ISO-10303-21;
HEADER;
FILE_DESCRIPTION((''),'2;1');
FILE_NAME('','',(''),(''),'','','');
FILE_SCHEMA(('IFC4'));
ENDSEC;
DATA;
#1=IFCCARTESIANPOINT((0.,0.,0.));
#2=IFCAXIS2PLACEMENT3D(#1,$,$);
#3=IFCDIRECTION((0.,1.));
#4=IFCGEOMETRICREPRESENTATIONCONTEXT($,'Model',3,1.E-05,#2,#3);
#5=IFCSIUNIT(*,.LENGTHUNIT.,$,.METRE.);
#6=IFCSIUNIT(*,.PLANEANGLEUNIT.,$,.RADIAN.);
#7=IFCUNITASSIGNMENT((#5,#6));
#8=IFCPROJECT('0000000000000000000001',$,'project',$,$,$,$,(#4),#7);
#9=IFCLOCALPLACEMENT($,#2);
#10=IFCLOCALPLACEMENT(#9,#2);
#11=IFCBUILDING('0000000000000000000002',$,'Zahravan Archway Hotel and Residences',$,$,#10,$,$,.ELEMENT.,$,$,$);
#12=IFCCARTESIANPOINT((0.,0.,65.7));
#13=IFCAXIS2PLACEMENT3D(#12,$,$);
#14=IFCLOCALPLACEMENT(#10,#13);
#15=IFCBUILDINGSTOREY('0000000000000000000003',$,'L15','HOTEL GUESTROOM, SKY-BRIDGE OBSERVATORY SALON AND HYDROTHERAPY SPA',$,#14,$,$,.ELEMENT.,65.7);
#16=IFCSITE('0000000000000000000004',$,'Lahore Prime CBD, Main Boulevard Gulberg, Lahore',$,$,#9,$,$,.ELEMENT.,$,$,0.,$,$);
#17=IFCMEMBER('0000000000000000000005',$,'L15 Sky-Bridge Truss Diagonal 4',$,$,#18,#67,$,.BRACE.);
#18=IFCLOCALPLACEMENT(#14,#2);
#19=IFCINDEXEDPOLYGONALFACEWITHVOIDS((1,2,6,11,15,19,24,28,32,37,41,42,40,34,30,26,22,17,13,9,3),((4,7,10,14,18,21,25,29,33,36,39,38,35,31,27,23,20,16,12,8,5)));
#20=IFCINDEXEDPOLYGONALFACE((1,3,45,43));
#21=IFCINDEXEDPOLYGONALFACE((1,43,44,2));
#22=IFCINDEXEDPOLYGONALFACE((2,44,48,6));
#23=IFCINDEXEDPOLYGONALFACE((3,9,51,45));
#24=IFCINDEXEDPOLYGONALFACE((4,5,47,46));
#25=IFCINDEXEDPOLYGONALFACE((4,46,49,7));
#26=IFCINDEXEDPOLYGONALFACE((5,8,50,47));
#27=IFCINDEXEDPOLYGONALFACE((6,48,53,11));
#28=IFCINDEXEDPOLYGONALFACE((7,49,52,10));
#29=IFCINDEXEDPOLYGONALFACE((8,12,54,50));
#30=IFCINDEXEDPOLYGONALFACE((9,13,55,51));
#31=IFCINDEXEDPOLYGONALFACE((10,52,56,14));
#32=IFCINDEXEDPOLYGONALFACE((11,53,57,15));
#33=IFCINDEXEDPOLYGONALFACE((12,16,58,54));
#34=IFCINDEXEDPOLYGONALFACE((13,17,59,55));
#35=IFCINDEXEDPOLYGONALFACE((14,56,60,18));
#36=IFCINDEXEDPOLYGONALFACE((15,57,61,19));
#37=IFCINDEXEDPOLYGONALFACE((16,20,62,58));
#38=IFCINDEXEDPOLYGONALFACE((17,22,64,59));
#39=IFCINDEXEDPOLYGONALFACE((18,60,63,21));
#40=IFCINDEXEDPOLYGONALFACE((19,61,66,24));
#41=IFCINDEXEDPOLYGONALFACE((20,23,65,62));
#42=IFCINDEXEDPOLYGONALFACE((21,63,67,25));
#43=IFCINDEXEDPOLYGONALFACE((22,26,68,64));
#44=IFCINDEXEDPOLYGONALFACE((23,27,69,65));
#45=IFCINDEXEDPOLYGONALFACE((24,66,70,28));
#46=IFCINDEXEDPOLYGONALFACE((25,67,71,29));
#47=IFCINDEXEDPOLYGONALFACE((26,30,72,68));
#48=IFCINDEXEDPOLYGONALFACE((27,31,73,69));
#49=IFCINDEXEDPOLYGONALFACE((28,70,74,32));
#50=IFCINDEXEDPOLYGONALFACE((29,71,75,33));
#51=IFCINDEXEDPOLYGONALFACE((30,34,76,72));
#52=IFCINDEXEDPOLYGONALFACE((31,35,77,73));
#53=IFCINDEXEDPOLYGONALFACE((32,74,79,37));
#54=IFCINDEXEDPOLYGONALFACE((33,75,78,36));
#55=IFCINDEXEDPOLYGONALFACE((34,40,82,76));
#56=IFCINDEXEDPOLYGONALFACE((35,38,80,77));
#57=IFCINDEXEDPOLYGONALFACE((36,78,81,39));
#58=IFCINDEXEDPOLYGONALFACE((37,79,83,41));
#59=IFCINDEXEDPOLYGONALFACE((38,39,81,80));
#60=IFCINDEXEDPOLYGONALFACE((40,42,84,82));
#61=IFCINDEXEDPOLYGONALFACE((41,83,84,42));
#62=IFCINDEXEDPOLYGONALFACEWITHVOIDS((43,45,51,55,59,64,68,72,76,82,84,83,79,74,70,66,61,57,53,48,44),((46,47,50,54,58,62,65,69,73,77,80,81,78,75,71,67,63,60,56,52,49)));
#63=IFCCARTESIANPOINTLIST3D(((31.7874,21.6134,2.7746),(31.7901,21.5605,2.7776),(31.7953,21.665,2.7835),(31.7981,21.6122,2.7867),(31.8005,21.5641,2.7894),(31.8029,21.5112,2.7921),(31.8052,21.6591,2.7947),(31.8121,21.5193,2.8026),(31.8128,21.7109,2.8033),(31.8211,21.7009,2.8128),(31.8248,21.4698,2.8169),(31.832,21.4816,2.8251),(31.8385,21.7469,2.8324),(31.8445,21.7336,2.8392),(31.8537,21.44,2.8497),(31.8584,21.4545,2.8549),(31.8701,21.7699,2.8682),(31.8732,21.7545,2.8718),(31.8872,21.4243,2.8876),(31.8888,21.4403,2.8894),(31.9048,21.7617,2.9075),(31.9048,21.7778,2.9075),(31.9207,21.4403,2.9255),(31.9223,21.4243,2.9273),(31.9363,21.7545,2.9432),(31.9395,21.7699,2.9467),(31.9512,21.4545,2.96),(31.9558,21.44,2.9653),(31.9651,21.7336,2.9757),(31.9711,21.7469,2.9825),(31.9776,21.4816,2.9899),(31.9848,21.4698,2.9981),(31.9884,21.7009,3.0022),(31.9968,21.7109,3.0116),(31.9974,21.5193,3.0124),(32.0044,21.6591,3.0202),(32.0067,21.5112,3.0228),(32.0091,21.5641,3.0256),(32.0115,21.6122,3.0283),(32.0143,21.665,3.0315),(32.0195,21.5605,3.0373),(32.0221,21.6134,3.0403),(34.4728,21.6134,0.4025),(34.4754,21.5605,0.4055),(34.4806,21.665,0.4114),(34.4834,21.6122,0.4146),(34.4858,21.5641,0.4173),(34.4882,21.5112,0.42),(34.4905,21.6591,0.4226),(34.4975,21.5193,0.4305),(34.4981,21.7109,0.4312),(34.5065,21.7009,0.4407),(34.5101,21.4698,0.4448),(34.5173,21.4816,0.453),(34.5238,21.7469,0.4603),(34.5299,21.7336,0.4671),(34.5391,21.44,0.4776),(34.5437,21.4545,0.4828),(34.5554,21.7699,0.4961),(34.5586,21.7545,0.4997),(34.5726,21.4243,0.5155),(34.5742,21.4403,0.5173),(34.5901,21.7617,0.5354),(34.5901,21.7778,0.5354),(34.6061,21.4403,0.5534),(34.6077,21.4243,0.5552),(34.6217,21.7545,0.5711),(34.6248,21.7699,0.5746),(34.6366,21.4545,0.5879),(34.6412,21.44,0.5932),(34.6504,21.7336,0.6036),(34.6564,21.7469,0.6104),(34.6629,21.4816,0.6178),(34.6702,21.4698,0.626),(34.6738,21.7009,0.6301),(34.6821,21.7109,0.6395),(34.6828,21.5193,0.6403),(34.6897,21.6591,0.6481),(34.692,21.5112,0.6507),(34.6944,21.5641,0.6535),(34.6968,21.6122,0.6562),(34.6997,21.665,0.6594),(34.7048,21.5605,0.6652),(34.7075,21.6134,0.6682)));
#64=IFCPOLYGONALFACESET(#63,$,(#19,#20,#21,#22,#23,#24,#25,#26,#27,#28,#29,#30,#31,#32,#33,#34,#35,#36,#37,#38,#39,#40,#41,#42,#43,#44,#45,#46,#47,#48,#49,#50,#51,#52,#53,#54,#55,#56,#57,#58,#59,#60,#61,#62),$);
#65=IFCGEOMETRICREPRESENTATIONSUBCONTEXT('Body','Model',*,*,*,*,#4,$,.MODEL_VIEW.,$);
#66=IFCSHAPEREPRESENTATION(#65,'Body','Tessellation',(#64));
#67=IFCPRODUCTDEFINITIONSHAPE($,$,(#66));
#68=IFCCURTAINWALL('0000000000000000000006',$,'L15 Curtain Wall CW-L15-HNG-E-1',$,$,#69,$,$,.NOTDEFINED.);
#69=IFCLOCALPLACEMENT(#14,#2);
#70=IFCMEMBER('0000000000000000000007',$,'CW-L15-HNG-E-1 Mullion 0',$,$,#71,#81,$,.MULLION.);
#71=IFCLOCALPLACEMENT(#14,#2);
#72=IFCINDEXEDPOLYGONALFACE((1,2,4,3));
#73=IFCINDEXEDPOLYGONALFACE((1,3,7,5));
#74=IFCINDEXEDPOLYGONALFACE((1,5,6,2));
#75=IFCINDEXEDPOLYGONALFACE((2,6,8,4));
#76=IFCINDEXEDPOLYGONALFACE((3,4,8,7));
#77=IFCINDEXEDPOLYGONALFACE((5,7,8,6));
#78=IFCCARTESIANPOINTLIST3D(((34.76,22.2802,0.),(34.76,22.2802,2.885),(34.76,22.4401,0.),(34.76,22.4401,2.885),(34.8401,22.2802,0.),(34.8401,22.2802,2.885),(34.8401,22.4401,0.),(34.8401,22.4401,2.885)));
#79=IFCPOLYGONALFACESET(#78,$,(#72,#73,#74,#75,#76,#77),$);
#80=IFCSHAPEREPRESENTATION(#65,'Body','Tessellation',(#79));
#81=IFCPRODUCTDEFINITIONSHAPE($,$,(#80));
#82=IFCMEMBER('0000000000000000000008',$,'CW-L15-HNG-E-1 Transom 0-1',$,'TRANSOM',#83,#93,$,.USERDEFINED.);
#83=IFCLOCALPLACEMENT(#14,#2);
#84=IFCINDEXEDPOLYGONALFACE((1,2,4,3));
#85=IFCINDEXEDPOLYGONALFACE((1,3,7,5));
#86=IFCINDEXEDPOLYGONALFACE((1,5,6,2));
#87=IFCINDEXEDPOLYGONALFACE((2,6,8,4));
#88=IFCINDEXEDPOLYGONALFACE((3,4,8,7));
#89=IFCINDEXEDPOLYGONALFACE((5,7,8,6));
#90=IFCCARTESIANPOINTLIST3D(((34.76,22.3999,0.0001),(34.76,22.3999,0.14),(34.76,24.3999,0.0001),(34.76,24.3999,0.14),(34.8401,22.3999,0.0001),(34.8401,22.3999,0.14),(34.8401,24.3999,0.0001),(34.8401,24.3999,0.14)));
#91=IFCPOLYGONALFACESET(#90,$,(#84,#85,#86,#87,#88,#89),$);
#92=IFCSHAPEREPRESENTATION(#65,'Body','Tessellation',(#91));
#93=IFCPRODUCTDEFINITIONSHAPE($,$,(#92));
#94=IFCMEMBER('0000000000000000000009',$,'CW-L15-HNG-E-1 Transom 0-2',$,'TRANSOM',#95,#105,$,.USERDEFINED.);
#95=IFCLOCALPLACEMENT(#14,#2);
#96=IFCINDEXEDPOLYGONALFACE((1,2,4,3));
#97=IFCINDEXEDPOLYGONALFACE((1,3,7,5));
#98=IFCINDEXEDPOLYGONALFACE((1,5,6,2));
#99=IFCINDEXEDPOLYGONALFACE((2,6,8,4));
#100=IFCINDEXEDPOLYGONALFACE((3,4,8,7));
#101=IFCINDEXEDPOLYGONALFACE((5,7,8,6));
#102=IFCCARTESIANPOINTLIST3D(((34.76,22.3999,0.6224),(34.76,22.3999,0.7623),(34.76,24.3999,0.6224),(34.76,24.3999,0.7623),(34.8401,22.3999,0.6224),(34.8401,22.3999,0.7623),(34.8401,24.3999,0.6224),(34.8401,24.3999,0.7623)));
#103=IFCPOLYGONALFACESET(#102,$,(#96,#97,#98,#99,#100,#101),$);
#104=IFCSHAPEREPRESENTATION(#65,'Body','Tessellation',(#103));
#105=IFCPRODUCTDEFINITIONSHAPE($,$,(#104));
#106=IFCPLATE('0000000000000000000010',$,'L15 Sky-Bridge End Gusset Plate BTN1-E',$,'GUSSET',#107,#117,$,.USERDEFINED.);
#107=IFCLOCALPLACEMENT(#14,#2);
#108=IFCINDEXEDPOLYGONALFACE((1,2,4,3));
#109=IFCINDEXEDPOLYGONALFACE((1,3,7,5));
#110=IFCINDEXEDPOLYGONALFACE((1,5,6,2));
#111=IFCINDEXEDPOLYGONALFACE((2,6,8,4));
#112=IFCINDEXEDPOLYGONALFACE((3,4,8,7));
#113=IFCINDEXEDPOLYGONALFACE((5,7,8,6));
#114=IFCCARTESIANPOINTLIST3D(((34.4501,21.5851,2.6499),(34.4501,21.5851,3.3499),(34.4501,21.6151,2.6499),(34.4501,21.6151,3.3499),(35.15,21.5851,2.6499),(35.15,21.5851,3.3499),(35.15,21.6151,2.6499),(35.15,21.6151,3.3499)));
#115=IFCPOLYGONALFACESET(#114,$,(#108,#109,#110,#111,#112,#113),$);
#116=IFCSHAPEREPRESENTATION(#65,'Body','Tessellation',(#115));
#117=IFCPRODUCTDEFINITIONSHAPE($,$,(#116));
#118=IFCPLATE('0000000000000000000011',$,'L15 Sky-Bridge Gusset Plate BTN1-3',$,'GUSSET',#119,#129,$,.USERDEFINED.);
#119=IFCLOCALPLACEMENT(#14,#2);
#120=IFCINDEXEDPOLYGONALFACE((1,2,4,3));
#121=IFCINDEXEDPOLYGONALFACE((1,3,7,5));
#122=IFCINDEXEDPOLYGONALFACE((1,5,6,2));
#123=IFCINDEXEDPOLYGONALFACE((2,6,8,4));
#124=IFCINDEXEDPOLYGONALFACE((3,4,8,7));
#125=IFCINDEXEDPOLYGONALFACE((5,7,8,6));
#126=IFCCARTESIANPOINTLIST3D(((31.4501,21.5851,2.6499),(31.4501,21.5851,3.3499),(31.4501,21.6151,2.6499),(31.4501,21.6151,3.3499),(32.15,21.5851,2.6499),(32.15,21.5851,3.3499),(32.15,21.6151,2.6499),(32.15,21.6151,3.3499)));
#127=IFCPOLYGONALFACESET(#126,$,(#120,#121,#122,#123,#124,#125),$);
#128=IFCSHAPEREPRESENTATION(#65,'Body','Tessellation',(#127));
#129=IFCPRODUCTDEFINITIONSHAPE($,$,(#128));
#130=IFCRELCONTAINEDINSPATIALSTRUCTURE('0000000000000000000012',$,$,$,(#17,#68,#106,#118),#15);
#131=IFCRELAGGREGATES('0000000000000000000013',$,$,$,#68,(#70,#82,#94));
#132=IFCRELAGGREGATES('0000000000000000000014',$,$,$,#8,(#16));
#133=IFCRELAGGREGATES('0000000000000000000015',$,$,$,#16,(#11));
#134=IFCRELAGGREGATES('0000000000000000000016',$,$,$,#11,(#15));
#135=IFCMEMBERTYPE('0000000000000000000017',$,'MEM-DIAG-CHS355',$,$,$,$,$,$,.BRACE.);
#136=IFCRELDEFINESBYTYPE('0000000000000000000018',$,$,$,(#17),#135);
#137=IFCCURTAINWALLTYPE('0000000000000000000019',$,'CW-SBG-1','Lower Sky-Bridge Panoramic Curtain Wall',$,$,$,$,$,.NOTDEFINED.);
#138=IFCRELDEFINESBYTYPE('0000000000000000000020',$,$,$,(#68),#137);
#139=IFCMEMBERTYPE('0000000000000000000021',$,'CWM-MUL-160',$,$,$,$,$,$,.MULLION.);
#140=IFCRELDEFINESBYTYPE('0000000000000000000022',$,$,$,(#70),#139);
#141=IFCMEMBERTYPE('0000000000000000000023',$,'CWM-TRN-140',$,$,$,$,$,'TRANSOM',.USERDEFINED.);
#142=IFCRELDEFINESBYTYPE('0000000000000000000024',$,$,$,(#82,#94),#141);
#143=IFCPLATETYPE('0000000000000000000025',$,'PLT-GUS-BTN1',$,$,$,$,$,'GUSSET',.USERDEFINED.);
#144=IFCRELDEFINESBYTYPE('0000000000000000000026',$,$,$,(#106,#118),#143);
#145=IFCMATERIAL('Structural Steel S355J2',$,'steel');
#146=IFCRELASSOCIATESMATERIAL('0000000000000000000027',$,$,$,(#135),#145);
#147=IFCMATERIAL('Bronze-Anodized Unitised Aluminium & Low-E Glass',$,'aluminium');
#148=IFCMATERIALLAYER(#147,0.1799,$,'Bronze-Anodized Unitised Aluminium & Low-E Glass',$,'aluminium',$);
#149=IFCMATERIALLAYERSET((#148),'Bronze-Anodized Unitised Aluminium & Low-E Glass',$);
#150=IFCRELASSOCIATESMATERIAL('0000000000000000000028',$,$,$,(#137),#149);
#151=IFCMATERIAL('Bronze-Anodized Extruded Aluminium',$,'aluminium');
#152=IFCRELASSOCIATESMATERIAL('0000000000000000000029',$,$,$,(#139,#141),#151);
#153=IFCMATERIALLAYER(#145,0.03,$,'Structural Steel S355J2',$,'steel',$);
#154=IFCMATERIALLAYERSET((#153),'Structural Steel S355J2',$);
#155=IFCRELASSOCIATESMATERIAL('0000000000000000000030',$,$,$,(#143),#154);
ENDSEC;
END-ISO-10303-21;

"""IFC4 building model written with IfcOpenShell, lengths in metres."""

from ifc_helpers import new_model, si_unit, direction, frame, origin, origin_2d, place, context, subcontext, project, spatial, rectangle, hollow_circle, extrude, source, transform, mapped, material, layer, layer_set, material_profile, profile_set, type_object, type_shapes, element, aggregate, save


model = new_model("IFC4")

# Units and contexts
model_context = context("Model", 3, precision=1e-05, world=origin(), true_north=direction((0.0, 1.0)))
body_context = subcontext(model_context, "Body", "Model", "MODEL_VIEW")
ifc_project = project(units=[si_unit("LENGTHUNIT", "METRE"), si_unit("PLANEANGLEUNIT", "RADIAN")], contexts=[model_context])

# Site, building, storey
site_placement = place(None, origin())
site = spatial("IfcSite", under=ifc_project, at=site_placement, Name="Lahore Prime CBD, Main Boulevard Gulberg, Lahore", CompositionType="ELEMENT", RefElevation=0.0)
building_placement = place(site_placement, origin())
building = spatial("IfcBuilding", under=site, at=building_placement, Name="Zahravan Archway Hotel and Residences", CompositionType="ELEMENT")
storey_placement = place(building_placement, frame((0.0, 0.0, 65.7)))
storey = spatial("IfcBuildingStorey", under=building, at=storey_placement, Name="L15", Description="HOTEL GUESTROOM, SKY-BRIDGE OBSERVATORY SALON AND HYDROTHERAPY SPA", CompositionType="ELEMENT", Elevation=65.7)

# Member
ifc_material_1 = material(Name="Structural Steel S355J2", Category="steel")
ifc_material_profile_1 = material_profile(ifc_material_1, hollow_circle(Radius=0.1777, WallThickness=0.0161, at=origin_2d()), Name="CHS 355.6x16", Category="steel")
ifc_profile_set_1 = profile_set([ifc_material_profile_1], Name="Structural Steel S355J2")
member_type_1 = type_object("IfcMemberType", Name="MEM-DIAG-CHS355", PredefinedType="BRACE", material=ifc_profile_set_1)
shared_shape_1 = source(origin(), body_context, "Body", "SweptSolid", [
    extrude(hollow_circle(Radius=0.1777, WallThickness=0.0161, at=origin_2d()), origin(), (0.0, 0.0, 1.0), 3.583),
])
member_1_placement = place(storey_placement, frame((31.9048, 21.6001, 2.9075), z_axis=(0.749466, 0.0, -0.662043), x_axis=(0.0, 1.0, 0.0)))
element("IfcMember", 1, at=member_1_placement, inside=storey, type_object=member_type_1, Name="L15 Sky-Bridge Truss Diagonal 4", PredefinedType="BRACE", context=body_context, shape_type="MappedRepresentation", body=[
    mapped(shared_shape_1, transform((0.0, 0.0, 0.0), scale=1.0)),
])

# Curtain wall, members
ifc_material_2 = material(Name="Bronze-Anodized Unitised Aluminium & Low-E Glass", Category="aluminium")
ifc_layer_1 = layer(ifc_material_2, 0.1799, Name="Bronze-Anodized Unitised Aluminium & Low-E Glass", Category="aluminium")
ifc_layer_set_1 = layer_set([ifc_layer_1], Name="Bronze-Anodized Unitised Aluminium & Low-E Glass")
curtain_wall_type = type_object("IfcCurtainWallType", Name="CW-SBG-1", Description="Lower Sky-Bridge Panoramic Curtain Wall", PredefinedType="NOTDEFINED", material=ifc_layer_set_1)
curtain_wall_placement = place(storey_placement, origin())
curtain_wall = element("IfcCurtainWall", 2, at=curtain_wall_placement, inside=storey, type_object=curtain_wall_type, Name="L15 Curtain Wall CW-L15-HNG-E-1", PredefinedType="NOTDEFINED")
ifc_material_3 = material(Name="Bronze-Anodized Extruded Aluminium", Category="aluminium")
ifc_material_profile_2 = material_profile(ifc_material_3, rectangle(XDim=0.0801, YDim=0.1599, at=origin_2d()), Name="MUL 80x160", Category="aluminium")
ifc_profile_set_2 = profile_set([ifc_material_profile_2], Name="Bronze-Anodized Extruded Aluminium")
member_type_2 = type_object("IfcMemberType", Name="CWM-MUL-160", PredefinedType="MULLION", material=ifc_profile_set_2)
shared_shape_2 = source(origin(), body_context, "Body", "SweptSolid", [
    extrude(rectangle(XDim=0.0801, YDim=0.1599, at=origin_2d()), origin(), (0.0, 0.0, 1.0), 2.885),
])
member_2_placement = place(storey_placement, frame((34.8, 22.3601, 0.0), z_axis=(0.0, 0.0, 1.0), x_axis=(1.0, 0.0, 0.0)))
member_2 = element("IfcMember", 3, at=member_2_placement, type_object=member_type_2, Name="CW-L15-HNG-E-1 Mullion 0", PredefinedType="MULLION", context=body_context, shape_type="MappedRepresentation", body=[
    mapped(shared_shape_2, transform((0.0, 0.0, 0.0), scale=1.0)),
])
ifc_material_profile_3 = material_profile(ifc_material_3, rectangle(XDim=0.0801, YDim=0.1399, at=origin_2d()), Name="TRN 80x140", Category="aluminium")
ifc_profile_set_3 = profile_set([ifc_material_profile_3], Name="Bronze-Anodized Extruded Aluminium")
member_type_3 = type_object("IfcMemberType", Name="CWM-TRN-140", ElementType="TRANSOM", PredefinedType="USERDEFINED", material=ifc_profile_set_3)
shared_shape_3 = source(origin(), body_context, "Body", "SweptSolid", [
    extrude(rectangle(XDim=0.0801, YDim=0.1399, at=origin_2d()), origin(), (0.0, 0.0, 1.0), 2.0),
])
member_3_placement = place(storey_placement, frame((34.8, 22.3999, 0.0701), z_axis=(0.0, 1.0, 0.0), x_axis=(-1.0, 0.0, 0.0)))
member_3 = element("IfcMember", 4, at=member_3_placement, type_object=member_type_3, Name="CW-L15-HNG-E-1 Transom 0-1", ObjectType="TRANSOM", PredefinedType="USERDEFINED", context=body_context, shape_type="MappedRepresentation", body=[
    mapped(shared_shape_3, transform((0.0, 0.0, 0.0), scale=1.0)),
])
member_4_placement = place(storey_placement, frame((34.8, 22.3999, 0.6924), z_axis=(0.0, 1.0, 0.0), x_axis=(-1.0, 0.0, 0.0)))
member_4 = element("IfcMember", 5, at=member_4_placement, type_object=member_type_3, Name="CW-L15-HNG-E-1 Transom 0-2", ObjectType="TRANSOM", PredefinedType="USERDEFINED", context=body_context, shape_type="MappedRepresentation", body=[
    mapped(shared_shape_3, transform((0.0, 0.0, 0.0), scale=1.0)),
])
aggregate(curtain_wall, [member_2, member_3, member_4])

# Plates
ifc_layer_2 = layer(ifc_material_1, 0.03, Name="Structural Steel S355J2", Category="steel")
ifc_layer_set_2 = layer_set([ifc_layer_2], Name="Structural Steel S355J2")
plate_type = type_object("IfcPlateType", Name="PLT-GUS-BTN1", ElementType="GUSSET", PredefinedType="USERDEFINED", material=ifc_layer_set_2)
shared_shape_4 = source(origin(), body_context, "Body", "SweptSolid", [
    extrude(rectangle(XDim=0.7, YDim=0.03, at=origin_2d()), origin(), (0.0, 0.0, 1.0), 0.7),
])
type_shapes(plate_type, [shared_shape_4])
for number, where, z_axis, x_axis, name in (
    (6, (34.8, 21.6001, 2.6499), (0.0, 0.0, 1.0), (1.0, 0.0, 0.0), "L15 Sky-Bridge End Gusset Plate BTN1-E"),
    (7, (31.8, 21.6001, 2.6499), (0.0, 0.0, 1.0), (1.0, 0.0, 0.0), "L15 Sky-Bridge Gusset Plate BTN1-3"),
):
    element("IfcPlate", number, at=place(storey_placement, frame(where, z_axis=z_axis, x_axis=x_axis)), inside=storey, type_object=plate_type, Name=name, ObjectType="GUSSET", PredefinedType="USERDEFINED", context=body_context, shape_type="MappedRepresentation", body=[
        mapped(shared_shape_4, transform((0.0, 0.0, 0.0), scale=1.0)),
    ])

save(model, "model.ifc")
